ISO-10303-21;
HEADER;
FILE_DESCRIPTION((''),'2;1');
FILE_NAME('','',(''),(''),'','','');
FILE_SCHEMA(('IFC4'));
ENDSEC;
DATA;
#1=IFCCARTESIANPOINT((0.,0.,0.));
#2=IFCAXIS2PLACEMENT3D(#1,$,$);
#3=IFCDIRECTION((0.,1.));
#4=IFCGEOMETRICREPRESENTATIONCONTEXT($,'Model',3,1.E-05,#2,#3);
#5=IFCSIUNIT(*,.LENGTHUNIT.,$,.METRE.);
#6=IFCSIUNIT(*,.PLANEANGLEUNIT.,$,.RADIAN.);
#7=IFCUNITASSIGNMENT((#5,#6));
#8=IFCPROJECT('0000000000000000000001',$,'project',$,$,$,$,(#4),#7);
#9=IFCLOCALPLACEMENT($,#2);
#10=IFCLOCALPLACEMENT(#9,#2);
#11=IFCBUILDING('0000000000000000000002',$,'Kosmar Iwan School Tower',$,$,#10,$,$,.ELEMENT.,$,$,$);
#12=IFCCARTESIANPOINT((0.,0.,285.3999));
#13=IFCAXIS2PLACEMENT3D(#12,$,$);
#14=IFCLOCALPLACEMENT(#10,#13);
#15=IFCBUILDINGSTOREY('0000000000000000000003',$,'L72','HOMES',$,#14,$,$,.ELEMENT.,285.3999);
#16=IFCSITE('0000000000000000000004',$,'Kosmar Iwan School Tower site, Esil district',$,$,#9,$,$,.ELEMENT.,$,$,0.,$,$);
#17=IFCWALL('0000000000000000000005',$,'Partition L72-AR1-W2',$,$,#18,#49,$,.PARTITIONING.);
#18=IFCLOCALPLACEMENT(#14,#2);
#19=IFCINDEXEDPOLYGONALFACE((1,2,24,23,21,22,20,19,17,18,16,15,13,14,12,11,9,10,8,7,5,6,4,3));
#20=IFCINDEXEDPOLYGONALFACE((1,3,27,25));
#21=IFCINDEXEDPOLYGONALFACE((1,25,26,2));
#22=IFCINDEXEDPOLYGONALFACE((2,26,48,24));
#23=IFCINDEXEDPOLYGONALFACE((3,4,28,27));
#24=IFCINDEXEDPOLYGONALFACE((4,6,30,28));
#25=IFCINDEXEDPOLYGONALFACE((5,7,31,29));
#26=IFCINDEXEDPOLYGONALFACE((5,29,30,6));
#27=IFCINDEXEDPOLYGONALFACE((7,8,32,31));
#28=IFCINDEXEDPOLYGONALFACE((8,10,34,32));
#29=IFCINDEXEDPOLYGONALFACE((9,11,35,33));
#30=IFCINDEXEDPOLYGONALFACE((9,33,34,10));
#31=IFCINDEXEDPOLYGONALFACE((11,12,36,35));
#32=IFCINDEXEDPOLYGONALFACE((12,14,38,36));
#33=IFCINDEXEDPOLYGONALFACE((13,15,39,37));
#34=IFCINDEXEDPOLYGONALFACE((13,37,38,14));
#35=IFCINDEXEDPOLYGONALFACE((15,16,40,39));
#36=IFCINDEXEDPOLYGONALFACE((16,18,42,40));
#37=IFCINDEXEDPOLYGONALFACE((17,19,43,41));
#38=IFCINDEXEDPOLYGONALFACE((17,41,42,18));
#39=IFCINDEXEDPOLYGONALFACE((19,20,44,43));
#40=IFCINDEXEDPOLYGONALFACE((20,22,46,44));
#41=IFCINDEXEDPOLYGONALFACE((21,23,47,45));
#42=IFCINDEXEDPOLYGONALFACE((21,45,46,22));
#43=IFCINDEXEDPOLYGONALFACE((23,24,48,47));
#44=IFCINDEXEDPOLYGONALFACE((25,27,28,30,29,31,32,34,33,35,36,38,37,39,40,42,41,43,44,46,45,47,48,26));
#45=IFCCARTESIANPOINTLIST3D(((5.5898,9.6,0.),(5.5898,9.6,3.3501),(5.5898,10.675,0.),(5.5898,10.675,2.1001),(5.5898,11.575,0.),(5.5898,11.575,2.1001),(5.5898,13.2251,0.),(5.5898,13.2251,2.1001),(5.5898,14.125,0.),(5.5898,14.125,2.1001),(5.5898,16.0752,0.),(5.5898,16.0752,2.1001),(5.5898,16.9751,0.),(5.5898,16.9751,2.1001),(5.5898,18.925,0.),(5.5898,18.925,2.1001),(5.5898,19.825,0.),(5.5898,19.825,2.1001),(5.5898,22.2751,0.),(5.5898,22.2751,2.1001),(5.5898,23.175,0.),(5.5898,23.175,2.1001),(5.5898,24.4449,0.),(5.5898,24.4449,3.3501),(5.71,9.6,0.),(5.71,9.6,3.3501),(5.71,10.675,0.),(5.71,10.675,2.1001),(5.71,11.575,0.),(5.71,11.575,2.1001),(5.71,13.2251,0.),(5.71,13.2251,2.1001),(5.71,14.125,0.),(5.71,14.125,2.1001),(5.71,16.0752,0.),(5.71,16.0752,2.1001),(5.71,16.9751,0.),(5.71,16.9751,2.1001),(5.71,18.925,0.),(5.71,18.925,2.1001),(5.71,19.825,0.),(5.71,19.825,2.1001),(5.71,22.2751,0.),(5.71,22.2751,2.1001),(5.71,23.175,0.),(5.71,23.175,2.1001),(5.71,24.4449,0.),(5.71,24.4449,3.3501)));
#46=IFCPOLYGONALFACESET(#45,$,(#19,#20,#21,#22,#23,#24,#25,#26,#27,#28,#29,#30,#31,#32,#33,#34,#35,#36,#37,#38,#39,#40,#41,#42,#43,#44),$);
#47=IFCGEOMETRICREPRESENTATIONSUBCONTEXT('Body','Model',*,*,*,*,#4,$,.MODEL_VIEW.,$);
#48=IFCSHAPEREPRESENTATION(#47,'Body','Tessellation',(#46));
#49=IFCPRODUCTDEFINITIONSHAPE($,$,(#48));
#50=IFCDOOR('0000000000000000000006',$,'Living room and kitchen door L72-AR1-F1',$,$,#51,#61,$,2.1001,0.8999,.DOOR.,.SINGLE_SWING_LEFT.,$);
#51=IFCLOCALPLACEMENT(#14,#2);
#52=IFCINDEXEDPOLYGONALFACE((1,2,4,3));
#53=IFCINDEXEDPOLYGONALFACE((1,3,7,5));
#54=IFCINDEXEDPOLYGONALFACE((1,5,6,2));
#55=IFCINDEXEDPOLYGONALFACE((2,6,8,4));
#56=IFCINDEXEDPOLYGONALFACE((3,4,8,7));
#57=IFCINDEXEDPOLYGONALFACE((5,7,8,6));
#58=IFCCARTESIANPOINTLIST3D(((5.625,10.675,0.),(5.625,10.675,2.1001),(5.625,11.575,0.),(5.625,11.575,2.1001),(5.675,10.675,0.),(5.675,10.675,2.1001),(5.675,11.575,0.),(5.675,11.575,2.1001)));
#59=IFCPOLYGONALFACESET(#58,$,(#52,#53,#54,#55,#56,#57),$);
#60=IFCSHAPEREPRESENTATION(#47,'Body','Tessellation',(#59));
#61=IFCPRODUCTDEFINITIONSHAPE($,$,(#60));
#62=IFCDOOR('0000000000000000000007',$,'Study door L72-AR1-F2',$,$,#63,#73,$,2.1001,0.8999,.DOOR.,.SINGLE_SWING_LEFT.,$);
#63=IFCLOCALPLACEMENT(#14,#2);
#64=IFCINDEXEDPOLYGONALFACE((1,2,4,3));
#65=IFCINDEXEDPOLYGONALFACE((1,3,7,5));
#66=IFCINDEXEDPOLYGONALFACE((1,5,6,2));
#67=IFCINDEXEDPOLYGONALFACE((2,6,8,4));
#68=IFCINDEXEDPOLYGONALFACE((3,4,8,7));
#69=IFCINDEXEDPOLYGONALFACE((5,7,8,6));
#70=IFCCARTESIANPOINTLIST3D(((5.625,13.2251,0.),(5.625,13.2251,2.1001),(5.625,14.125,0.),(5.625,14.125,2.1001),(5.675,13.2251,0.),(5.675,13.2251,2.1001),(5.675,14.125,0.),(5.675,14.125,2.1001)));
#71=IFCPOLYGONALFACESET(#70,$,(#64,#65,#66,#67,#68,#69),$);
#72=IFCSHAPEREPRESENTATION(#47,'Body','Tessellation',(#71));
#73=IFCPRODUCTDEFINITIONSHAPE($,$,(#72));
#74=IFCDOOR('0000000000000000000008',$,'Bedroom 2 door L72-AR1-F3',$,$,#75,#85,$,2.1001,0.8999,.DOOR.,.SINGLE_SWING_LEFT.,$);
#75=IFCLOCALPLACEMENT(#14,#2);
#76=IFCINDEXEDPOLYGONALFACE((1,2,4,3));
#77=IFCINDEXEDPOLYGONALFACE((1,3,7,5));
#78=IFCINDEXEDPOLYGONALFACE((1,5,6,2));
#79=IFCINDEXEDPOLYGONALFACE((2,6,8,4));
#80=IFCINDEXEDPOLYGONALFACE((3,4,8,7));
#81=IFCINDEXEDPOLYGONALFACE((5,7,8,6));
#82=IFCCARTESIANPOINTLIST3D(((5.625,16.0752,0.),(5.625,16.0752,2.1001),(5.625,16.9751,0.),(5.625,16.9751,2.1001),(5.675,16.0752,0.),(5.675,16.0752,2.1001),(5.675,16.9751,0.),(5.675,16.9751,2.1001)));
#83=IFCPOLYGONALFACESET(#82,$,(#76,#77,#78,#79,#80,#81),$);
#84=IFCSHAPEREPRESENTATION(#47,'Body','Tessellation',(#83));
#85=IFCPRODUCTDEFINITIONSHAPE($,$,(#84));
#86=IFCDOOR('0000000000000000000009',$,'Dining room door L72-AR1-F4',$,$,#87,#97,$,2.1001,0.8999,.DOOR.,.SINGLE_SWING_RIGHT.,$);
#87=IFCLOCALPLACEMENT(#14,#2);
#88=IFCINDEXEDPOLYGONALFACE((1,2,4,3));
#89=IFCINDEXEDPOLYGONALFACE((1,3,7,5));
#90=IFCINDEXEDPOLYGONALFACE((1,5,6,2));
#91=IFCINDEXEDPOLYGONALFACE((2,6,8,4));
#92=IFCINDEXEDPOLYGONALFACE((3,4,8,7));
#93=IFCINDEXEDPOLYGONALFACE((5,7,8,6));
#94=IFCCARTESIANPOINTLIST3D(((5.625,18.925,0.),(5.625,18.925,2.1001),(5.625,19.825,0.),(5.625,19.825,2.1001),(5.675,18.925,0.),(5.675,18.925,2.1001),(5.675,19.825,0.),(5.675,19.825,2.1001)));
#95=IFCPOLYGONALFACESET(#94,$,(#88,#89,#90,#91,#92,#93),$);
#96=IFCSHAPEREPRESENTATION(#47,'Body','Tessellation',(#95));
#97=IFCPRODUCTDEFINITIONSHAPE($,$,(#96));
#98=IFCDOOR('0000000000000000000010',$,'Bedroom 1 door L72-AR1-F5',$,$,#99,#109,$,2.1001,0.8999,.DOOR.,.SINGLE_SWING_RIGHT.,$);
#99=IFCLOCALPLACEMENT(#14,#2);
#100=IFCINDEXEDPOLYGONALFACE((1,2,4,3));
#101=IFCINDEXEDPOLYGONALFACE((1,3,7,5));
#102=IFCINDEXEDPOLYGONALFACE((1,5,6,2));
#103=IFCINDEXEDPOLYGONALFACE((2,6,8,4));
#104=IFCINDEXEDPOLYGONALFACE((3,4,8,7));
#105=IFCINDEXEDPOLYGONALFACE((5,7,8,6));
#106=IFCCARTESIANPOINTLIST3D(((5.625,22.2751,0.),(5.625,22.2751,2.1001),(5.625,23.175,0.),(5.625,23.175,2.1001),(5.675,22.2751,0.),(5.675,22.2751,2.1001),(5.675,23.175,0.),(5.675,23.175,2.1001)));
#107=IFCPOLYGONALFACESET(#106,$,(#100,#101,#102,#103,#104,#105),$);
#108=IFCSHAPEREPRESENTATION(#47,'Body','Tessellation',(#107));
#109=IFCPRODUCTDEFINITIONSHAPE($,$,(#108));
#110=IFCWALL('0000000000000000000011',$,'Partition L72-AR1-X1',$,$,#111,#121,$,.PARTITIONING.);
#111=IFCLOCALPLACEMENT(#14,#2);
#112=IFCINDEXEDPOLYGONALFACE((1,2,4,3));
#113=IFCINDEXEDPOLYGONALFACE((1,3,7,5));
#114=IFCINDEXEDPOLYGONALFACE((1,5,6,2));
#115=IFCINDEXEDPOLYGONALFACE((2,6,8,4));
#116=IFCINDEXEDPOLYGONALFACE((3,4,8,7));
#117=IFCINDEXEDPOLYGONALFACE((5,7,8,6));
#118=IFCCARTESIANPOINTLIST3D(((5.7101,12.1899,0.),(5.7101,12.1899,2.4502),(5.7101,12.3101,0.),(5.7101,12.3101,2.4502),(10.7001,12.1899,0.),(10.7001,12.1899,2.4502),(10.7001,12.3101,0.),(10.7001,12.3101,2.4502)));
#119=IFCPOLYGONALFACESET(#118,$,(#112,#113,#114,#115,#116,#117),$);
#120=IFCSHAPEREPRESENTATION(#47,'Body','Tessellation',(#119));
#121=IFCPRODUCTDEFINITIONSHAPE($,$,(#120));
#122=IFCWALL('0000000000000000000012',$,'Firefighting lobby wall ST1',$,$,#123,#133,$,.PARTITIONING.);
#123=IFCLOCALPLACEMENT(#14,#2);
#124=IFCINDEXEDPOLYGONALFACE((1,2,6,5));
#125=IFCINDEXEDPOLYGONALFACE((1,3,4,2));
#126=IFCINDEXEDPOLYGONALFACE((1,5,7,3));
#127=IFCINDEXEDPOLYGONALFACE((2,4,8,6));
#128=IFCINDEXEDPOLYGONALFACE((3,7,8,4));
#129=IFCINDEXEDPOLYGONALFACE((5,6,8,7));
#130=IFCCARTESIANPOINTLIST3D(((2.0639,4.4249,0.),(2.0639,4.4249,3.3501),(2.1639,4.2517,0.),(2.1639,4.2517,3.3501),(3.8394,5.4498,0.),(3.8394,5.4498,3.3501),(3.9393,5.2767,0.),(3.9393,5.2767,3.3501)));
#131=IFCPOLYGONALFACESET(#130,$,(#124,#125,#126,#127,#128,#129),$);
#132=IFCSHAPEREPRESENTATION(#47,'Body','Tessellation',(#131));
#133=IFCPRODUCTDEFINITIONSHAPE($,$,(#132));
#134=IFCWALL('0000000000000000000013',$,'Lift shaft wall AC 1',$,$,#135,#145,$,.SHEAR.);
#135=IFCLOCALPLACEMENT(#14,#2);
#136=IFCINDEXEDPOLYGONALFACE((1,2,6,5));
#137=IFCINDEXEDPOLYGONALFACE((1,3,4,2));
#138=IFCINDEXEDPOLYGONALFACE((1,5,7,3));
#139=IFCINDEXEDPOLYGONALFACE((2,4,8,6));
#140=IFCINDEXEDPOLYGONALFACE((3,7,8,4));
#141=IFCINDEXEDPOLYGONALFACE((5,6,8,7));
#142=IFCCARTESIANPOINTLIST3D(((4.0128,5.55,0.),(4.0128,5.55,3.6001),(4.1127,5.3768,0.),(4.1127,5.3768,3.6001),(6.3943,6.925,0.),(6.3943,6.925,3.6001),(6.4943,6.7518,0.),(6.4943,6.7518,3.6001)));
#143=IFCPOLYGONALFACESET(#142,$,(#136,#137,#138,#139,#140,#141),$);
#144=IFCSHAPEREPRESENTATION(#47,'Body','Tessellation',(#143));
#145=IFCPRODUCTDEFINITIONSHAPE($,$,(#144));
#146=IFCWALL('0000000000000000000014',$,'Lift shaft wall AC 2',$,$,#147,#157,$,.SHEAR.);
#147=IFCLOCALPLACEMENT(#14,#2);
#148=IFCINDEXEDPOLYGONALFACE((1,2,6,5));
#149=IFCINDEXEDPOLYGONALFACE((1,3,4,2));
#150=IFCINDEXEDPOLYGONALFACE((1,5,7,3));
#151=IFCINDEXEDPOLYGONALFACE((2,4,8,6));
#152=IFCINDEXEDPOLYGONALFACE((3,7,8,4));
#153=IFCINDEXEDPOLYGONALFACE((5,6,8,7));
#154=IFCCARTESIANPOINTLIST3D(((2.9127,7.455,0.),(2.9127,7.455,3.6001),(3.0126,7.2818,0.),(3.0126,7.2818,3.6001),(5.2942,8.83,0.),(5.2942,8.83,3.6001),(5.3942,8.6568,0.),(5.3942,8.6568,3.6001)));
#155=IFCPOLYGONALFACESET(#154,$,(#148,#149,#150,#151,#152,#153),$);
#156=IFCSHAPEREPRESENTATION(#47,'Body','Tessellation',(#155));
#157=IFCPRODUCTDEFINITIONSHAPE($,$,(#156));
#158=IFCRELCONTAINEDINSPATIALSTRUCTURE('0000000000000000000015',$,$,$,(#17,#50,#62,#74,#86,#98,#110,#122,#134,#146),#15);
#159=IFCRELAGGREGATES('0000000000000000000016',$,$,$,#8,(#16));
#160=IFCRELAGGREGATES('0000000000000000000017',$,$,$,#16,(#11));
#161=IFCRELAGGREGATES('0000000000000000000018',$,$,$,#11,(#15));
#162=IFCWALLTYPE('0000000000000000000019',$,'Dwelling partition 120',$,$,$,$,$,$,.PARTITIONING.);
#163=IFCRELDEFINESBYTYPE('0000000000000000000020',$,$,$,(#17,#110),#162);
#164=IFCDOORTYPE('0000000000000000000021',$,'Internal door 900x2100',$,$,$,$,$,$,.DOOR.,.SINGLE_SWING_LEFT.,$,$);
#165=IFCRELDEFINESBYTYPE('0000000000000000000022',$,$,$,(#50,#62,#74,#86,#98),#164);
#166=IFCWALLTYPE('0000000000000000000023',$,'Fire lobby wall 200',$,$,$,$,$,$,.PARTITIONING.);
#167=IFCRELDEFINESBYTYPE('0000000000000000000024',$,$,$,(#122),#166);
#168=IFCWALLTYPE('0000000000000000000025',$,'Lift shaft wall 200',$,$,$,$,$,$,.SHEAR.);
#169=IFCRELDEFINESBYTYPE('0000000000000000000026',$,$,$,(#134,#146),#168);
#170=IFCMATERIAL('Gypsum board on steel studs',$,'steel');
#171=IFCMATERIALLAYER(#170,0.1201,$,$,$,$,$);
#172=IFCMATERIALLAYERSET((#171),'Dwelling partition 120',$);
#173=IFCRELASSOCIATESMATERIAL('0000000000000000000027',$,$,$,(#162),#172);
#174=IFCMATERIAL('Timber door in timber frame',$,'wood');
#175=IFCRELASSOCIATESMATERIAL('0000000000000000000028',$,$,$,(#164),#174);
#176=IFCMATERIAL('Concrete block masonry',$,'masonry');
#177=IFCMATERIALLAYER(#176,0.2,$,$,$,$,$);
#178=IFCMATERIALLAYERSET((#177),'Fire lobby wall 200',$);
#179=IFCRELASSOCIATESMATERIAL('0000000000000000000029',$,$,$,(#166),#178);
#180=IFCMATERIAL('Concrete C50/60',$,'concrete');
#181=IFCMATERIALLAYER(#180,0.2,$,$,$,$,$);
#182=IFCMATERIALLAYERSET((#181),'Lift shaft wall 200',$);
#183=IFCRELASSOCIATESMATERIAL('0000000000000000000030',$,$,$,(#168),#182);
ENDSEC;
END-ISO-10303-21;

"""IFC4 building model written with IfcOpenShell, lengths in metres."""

from ifc_helpers import new_model, si_unit, direction, frame, frame_2d, origin, place, context, subcontext, project, spatial, rectangle, extrude, material, layer, layer_set, type_object, element, fill, save


model = new_model("IFC4")

# Units and contexts
model_context = context("Model", 3, precision=1e-05, world=origin(), true_north=direction((0.0, 1.0)))
body_context = subcontext(model_context, "Body", "Model", "MODEL_VIEW")
ifc_project = project(units=[si_unit("LENGTHUNIT", "METRE"), si_unit("PLANEANGLEUNIT", "RADIAN")], contexts=[model_context])

# Site, building, storey
site_placement = place(None, origin())
site = spatial("IfcSite", under=ifc_project, at=site_placement, Name="Kosmar Iwan School Tower site, Esil district", CompositionType="ELEMENT", RefElevation=0.0)
building_placement = place(site_placement, origin())
building = spatial("IfcBuilding", under=site, at=building_placement, Name="Kosmar Iwan School Tower", CompositionType="ELEMENT")
storey_placement = place(building_placement, frame((0.0, 0.0, 285.3999)))
storey = spatial("IfcBuildingStorey", under=building, at=storey_placement, Name="L72", Description="HOMES", CompositionType="ELEMENT", Elevation=285.3999)

# Wall, openings, doors
ifc_material_1 = material(Name="Gypsum board on steel studs", Category="steel")
ifc_layer_1 = layer(ifc_material_1, 0.1201)
ifc_layer_set_1 = layer_set([ifc_layer_1], Name="Dwelling partition 120")
wall_type_1 = type_object("IfcWallType", Name="Dwelling partition 120", PredefinedType="PARTITIONING", material=ifc_layer_set_1)
ifc_material_2 = material(Name="Timber door in timber frame", Category="wood")
door_type_1 = type_object("IfcDoorType", Name="Internal door 900x2100", OperationType="SINGLE_SWING_LEFT", PredefinedType="DOOR", material=ifc_material_2)
wall_1_placement = place(storey_placement, frame((5.6499, 9.6001, 0.0), z_axis=(0.0, 0.0, 1.0), x_axis=(0.0, 1.0, 0.0)))
wall_1 = element("IfcWall", 1, at=wall_1_placement, inside=storey, type_object=wall_type_1, Name="Partition L72-AR1-W2", PredefinedType="PARTITIONING", context=body_context, shape_type="SweptSolid", body=[
    extrude(rectangle(XDim=14.845, YDim=0.1201, at=frame_2d((7.4224, 0.0))), origin(), (0.0, 0.0, 1.0), 3.3501),
])
opening_1_placement = place(wall_1_placement, frame((1.075, 0.0, 0.0)))
opening_1 = element("IfcOpeningElement", 2, at=opening_1_placement, cuts=wall_1, PredefinedType="OPENING", context=body_context, shape_type="SweptSolid", body=[
    extrude(rectangle(XDim=0.8999, YDim=2.1001, at=frame_2d((0.45, 1.05))), frame((0.0, 0.072, 0.0), z_axis=(0.0, -1.0, 0.0), x_axis=(1.0, 0.0, 0.0)), (0.0, 0.0, 1.0), 0.144),
])
opening_2_placement = place(wall_1_placement, frame((3.625, 0.0, 0.0)))
opening_2 = element("IfcOpeningElement", 3, at=opening_2_placement, cuts=wall_1, PredefinedType="OPENING", context=body_context, shape_type="SweptSolid", body=[
    extrude(rectangle(XDim=0.8999, YDim=2.1001, at=frame_2d((0.45, 1.05))), frame((0.0, 0.072, 0.0), z_axis=(0.0, -1.0, 0.0), x_axis=(1.0, 0.0, 0.0)), (0.0, 0.0, 1.0), 0.144),
])
opening_3_placement = place(wall_1_placement, frame((6.4751, 0.0, 0.0)))
opening_3 = element("IfcOpeningElement", 4, at=opening_3_placement, cuts=wall_1, PredefinedType="OPENING", context=body_context, shape_type="SweptSolid", body=[
    extrude(rectangle(XDim=0.8999, YDim=2.1001, at=frame_2d((0.45, 1.05))), frame((0.0, 0.072, 0.0), z_axis=(0.0, -1.0, 0.0), x_axis=(1.0, 0.0, 0.0)), (0.0, 0.0, 1.0), 0.144),
])
opening_4_placement = place(wall_1_placement, frame((9.325, 0.0, 0.0)))
opening_4 = element("IfcOpeningElement", 5, at=opening_4_placement, cuts=wall_1, PredefinedType="OPENING", context=body_context, shape_type="SweptSolid", body=[
    extrude(rectangle(XDim=0.8999, YDim=2.1001, at=frame_2d((0.45, 1.05))), frame((0.0, 0.072, 0.0), z_axis=(0.0, -1.0, 0.0), x_axis=(1.0, 0.0, 0.0)), (0.0, 0.0, 1.0), 0.144),
])
opening_5_placement = place(wall_1_placement, frame((12.675, 0.0, 0.0)))
opening_5 = element("IfcOpeningElement", 6, at=opening_5_placement, cuts=wall_1, PredefinedType="OPENING", context=body_context, shape_type="SweptSolid", body=[
    extrude(rectangle(XDim=0.8999, YDim=2.1001, at=frame_2d((0.45, 1.05))), frame((0.0, 0.072, 0.0), z_axis=(0.0, -1.0, 0.0), x_axis=(1.0, 0.0, 0.0)), (0.0, 0.0, 1.0), 0.144),
])
door_1_placement = place(opening_1_placement, origin())
door_1 = element("IfcDoor", 7, at=door_1_placement, inside=storey, type_object=door_type_1, Name="Living room and kitchen door L72-AR1-F1", OperationType="SINGLE_SWING_LEFT", OverallHeight=2.1001, OverallWidth=0.8999, PredefinedType="DOOR", context=body_context, shape_type="SweptSolid", body=[
    extrude(rectangle(XDim=0.8999, YDim=2.1001, at=frame_2d((0.45, 1.05))), frame((0.0, 0.0249, 0.0), z_axis=(0.0, -1.0, 0.0), x_axis=(1.0, 0.0, 0.0)), (0.0, 0.0, 1.0), 0.05),
])
fill(opening_1, door_1)
door_2_placement = place(opening_2_placement, origin())
door_2 = element("IfcDoor", 8, at=door_2_placement, inside=storey, type_object=door_type_1, Name="Study door L72-AR1-F2", OperationType="SINGLE_SWING_LEFT", OverallHeight=2.1001, OverallWidth=0.8999, PredefinedType="DOOR", context=body_context, shape_type="SweptSolid", body=[
    extrude(rectangle(XDim=0.8999, YDim=2.1001, at=frame_2d((0.45, 1.05))), frame((0.0, 0.0249, 0.0), z_axis=(0.0, -1.0, 0.0), x_axis=(1.0, 0.0, 0.0)), (0.0, 0.0, 1.0), 0.05),
])
fill(opening_2, door_2)
door_3_placement = place(opening_3_placement, origin())
door_3 = element("IfcDoor", 9, at=door_3_placement, inside=storey, type_object=door_type_1, Name="Bedroom 2 door L72-AR1-F3", OperationType="SINGLE_SWING_LEFT", OverallHeight=2.1001, OverallWidth=0.8999, PredefinedType="DOOR", context=body_context, shape_type="SweptSolid", body=[
    extrude(rectangle(XDim=0.8999, YDim=2.1001, at=frame_2d((0.45, 1.05))), frame((0.0, 0.0249, 0.0), z_axis=(0.0, -1.0, 0.0), x_axis=(1.0, 0.0, 0.0)), (0.0, 0.0, 1.0), 0.05),
])
fill(opening_3, door_3)
door_4_placement = place(opening_4_placement, origin())
door_4 = element("IfcDoor", 10, at=door_4_placement, inside=storey, type_object=door_type_1, Name="Dining room door L72-AR1-F4", OperationType="SINGLE_SWING_RIGHT", OverallHeight=2.1001, OverallWidth=0.8999, PredefinedType="DOOR", context=body_context, shape_type="SweptSolid", body=[
    extrude(rectangle(XDim=0.8999, YDim=2.1001, at=frame_2d((0.45, 1.05))), frame((0.0, 0.0249, 0.0), z_axis=(0.0, -1.0, 0.0), x_axis=(1.0, 0.0, 0.0)), (0.0, 0.0, 1.0), 0.05),
])
fill(opening_4, door_4)
door_5_placement = place(opening_5_placement, origin())
door_5 = element("IfcDoor", 11, at=door_5_placement, inside=storey, type_object=door_type_1, Name="Bedroom 1 door L72-AR1-F5", OperationType="SINGLE_SWING_RIGHT", OverallHeight=2.1001, OverallWidth=0.8999, PredefinedType="DOOR", context=body_context, shape_type="SweptSolid", body=[
    extrude(rectangle(XDim=0.8999, YDim=2.1001, at=frame_2d((0.45, 1.05))), frame((0.0, 0.0249, 0.0), z_axis=(0.0, -1.0, 0.0), x_axis=(1.0, 0.0, 0.0)), (0.0, 0.0, 1.0), 0.05),
])
fill(opening_5, door_5)

# Walls
wall_2_placement = place(storey_placement, frame((5.71, 12.25, 0.0), z_axis=(0.0, 0.0, 1.0), x_axis=(1.0, 0.0, 0.0)))
element("IfcWall", 12, at=wall_2_placement, inside=storey, type_object=wall_type_1, Name="Partition L72-AR1-X1", PredefinedType="PARTITIONING", context=body_context, shape_type="SweptSolid", body=[
    extrude(rectangle(XDim=4.99, YDim=0.1201, at=frame_2d((2.4951, 0.0))), origin(), (0.0, 0.0, 1.0), 2.4502),
])
ifc_material_3 = material(Name="Concrete block masonry", Category="masonry")
ifc_layer_2 = layer(ifc_material_3, 0.2)
ifc_layer_set_2 = layer_set([ifc_layer_2], Name="Fire lobby wall 200")
wall_type_2 = type_object("IfcWallType", Name="Fire lobby wall 200", PredefinedType="PARTITIONING", material=ifc_layer_set_2)
wall_3_placement = place(storey_placement, frame((2.114, 4.3384, 0.0), z_axis=(0.0, 0.0, 1.0), x_axis=(0.866051, 0.499956, 0.0)))
element("IfcWall", 13, at=wall_3_placement, inside=storey, type_object=wall_type_2, Name="Firefighting lobby wall ST1", PredefinedType="PARTITIONING", context=body_context, shape_type="SweptSolid", body=[
    extrude(rectangle(XDim=2.05, YDim=0.2, at=frame_2d((1.0249, 0.0))), origin(), (0.0, 0.0, 1.0), 3.3501),
])
ifc_material_4 = material(Name="Concrete C50/60", Category="concrete")
ifc_layer_3 = layer(ifc_material_4, 0.2)
ifc_layer_set_3 = layer_set([ifc_layer_3], Name="Lift shaft wall 200")
wall_type_3 = type_object("IfcWallType", Name="Lift shaft wall 200", PredefinedType="SHEAR", material=ifc_layer_set_3)
for number, where, z_axis, x_axis, name in (
    (14, (4.0627, 5.4634, 0.0), (0.0, 0.0, 1.0), (0.866027, 0.499997, 0.0), "Lift shaft wall AC 1"),
    (15, (2.9626, 7.3684, 0.0), (0.0, 0.0, 1.0), (0.866027, 0.499997, 0.0), "Lift shaft wall AC 2"),
):
    element("IfcWall", number, at=place(storey_placement, frame(where, z_axis=z_axis, x_axis=x_axis)), inside=storey, type_object=wall_type_3, Name=name, PredefinedType="SHEAR", context=body_context, shape_type="SweptSolid", body=[
        extrude(rectangle(XDim=2.75, YDim=0.2, at=frame_2d((1.375, 0.0))), origin(), (0.0, 0.0, 1.0), 3.6001),
    ])

save(model, "model.ifc")
